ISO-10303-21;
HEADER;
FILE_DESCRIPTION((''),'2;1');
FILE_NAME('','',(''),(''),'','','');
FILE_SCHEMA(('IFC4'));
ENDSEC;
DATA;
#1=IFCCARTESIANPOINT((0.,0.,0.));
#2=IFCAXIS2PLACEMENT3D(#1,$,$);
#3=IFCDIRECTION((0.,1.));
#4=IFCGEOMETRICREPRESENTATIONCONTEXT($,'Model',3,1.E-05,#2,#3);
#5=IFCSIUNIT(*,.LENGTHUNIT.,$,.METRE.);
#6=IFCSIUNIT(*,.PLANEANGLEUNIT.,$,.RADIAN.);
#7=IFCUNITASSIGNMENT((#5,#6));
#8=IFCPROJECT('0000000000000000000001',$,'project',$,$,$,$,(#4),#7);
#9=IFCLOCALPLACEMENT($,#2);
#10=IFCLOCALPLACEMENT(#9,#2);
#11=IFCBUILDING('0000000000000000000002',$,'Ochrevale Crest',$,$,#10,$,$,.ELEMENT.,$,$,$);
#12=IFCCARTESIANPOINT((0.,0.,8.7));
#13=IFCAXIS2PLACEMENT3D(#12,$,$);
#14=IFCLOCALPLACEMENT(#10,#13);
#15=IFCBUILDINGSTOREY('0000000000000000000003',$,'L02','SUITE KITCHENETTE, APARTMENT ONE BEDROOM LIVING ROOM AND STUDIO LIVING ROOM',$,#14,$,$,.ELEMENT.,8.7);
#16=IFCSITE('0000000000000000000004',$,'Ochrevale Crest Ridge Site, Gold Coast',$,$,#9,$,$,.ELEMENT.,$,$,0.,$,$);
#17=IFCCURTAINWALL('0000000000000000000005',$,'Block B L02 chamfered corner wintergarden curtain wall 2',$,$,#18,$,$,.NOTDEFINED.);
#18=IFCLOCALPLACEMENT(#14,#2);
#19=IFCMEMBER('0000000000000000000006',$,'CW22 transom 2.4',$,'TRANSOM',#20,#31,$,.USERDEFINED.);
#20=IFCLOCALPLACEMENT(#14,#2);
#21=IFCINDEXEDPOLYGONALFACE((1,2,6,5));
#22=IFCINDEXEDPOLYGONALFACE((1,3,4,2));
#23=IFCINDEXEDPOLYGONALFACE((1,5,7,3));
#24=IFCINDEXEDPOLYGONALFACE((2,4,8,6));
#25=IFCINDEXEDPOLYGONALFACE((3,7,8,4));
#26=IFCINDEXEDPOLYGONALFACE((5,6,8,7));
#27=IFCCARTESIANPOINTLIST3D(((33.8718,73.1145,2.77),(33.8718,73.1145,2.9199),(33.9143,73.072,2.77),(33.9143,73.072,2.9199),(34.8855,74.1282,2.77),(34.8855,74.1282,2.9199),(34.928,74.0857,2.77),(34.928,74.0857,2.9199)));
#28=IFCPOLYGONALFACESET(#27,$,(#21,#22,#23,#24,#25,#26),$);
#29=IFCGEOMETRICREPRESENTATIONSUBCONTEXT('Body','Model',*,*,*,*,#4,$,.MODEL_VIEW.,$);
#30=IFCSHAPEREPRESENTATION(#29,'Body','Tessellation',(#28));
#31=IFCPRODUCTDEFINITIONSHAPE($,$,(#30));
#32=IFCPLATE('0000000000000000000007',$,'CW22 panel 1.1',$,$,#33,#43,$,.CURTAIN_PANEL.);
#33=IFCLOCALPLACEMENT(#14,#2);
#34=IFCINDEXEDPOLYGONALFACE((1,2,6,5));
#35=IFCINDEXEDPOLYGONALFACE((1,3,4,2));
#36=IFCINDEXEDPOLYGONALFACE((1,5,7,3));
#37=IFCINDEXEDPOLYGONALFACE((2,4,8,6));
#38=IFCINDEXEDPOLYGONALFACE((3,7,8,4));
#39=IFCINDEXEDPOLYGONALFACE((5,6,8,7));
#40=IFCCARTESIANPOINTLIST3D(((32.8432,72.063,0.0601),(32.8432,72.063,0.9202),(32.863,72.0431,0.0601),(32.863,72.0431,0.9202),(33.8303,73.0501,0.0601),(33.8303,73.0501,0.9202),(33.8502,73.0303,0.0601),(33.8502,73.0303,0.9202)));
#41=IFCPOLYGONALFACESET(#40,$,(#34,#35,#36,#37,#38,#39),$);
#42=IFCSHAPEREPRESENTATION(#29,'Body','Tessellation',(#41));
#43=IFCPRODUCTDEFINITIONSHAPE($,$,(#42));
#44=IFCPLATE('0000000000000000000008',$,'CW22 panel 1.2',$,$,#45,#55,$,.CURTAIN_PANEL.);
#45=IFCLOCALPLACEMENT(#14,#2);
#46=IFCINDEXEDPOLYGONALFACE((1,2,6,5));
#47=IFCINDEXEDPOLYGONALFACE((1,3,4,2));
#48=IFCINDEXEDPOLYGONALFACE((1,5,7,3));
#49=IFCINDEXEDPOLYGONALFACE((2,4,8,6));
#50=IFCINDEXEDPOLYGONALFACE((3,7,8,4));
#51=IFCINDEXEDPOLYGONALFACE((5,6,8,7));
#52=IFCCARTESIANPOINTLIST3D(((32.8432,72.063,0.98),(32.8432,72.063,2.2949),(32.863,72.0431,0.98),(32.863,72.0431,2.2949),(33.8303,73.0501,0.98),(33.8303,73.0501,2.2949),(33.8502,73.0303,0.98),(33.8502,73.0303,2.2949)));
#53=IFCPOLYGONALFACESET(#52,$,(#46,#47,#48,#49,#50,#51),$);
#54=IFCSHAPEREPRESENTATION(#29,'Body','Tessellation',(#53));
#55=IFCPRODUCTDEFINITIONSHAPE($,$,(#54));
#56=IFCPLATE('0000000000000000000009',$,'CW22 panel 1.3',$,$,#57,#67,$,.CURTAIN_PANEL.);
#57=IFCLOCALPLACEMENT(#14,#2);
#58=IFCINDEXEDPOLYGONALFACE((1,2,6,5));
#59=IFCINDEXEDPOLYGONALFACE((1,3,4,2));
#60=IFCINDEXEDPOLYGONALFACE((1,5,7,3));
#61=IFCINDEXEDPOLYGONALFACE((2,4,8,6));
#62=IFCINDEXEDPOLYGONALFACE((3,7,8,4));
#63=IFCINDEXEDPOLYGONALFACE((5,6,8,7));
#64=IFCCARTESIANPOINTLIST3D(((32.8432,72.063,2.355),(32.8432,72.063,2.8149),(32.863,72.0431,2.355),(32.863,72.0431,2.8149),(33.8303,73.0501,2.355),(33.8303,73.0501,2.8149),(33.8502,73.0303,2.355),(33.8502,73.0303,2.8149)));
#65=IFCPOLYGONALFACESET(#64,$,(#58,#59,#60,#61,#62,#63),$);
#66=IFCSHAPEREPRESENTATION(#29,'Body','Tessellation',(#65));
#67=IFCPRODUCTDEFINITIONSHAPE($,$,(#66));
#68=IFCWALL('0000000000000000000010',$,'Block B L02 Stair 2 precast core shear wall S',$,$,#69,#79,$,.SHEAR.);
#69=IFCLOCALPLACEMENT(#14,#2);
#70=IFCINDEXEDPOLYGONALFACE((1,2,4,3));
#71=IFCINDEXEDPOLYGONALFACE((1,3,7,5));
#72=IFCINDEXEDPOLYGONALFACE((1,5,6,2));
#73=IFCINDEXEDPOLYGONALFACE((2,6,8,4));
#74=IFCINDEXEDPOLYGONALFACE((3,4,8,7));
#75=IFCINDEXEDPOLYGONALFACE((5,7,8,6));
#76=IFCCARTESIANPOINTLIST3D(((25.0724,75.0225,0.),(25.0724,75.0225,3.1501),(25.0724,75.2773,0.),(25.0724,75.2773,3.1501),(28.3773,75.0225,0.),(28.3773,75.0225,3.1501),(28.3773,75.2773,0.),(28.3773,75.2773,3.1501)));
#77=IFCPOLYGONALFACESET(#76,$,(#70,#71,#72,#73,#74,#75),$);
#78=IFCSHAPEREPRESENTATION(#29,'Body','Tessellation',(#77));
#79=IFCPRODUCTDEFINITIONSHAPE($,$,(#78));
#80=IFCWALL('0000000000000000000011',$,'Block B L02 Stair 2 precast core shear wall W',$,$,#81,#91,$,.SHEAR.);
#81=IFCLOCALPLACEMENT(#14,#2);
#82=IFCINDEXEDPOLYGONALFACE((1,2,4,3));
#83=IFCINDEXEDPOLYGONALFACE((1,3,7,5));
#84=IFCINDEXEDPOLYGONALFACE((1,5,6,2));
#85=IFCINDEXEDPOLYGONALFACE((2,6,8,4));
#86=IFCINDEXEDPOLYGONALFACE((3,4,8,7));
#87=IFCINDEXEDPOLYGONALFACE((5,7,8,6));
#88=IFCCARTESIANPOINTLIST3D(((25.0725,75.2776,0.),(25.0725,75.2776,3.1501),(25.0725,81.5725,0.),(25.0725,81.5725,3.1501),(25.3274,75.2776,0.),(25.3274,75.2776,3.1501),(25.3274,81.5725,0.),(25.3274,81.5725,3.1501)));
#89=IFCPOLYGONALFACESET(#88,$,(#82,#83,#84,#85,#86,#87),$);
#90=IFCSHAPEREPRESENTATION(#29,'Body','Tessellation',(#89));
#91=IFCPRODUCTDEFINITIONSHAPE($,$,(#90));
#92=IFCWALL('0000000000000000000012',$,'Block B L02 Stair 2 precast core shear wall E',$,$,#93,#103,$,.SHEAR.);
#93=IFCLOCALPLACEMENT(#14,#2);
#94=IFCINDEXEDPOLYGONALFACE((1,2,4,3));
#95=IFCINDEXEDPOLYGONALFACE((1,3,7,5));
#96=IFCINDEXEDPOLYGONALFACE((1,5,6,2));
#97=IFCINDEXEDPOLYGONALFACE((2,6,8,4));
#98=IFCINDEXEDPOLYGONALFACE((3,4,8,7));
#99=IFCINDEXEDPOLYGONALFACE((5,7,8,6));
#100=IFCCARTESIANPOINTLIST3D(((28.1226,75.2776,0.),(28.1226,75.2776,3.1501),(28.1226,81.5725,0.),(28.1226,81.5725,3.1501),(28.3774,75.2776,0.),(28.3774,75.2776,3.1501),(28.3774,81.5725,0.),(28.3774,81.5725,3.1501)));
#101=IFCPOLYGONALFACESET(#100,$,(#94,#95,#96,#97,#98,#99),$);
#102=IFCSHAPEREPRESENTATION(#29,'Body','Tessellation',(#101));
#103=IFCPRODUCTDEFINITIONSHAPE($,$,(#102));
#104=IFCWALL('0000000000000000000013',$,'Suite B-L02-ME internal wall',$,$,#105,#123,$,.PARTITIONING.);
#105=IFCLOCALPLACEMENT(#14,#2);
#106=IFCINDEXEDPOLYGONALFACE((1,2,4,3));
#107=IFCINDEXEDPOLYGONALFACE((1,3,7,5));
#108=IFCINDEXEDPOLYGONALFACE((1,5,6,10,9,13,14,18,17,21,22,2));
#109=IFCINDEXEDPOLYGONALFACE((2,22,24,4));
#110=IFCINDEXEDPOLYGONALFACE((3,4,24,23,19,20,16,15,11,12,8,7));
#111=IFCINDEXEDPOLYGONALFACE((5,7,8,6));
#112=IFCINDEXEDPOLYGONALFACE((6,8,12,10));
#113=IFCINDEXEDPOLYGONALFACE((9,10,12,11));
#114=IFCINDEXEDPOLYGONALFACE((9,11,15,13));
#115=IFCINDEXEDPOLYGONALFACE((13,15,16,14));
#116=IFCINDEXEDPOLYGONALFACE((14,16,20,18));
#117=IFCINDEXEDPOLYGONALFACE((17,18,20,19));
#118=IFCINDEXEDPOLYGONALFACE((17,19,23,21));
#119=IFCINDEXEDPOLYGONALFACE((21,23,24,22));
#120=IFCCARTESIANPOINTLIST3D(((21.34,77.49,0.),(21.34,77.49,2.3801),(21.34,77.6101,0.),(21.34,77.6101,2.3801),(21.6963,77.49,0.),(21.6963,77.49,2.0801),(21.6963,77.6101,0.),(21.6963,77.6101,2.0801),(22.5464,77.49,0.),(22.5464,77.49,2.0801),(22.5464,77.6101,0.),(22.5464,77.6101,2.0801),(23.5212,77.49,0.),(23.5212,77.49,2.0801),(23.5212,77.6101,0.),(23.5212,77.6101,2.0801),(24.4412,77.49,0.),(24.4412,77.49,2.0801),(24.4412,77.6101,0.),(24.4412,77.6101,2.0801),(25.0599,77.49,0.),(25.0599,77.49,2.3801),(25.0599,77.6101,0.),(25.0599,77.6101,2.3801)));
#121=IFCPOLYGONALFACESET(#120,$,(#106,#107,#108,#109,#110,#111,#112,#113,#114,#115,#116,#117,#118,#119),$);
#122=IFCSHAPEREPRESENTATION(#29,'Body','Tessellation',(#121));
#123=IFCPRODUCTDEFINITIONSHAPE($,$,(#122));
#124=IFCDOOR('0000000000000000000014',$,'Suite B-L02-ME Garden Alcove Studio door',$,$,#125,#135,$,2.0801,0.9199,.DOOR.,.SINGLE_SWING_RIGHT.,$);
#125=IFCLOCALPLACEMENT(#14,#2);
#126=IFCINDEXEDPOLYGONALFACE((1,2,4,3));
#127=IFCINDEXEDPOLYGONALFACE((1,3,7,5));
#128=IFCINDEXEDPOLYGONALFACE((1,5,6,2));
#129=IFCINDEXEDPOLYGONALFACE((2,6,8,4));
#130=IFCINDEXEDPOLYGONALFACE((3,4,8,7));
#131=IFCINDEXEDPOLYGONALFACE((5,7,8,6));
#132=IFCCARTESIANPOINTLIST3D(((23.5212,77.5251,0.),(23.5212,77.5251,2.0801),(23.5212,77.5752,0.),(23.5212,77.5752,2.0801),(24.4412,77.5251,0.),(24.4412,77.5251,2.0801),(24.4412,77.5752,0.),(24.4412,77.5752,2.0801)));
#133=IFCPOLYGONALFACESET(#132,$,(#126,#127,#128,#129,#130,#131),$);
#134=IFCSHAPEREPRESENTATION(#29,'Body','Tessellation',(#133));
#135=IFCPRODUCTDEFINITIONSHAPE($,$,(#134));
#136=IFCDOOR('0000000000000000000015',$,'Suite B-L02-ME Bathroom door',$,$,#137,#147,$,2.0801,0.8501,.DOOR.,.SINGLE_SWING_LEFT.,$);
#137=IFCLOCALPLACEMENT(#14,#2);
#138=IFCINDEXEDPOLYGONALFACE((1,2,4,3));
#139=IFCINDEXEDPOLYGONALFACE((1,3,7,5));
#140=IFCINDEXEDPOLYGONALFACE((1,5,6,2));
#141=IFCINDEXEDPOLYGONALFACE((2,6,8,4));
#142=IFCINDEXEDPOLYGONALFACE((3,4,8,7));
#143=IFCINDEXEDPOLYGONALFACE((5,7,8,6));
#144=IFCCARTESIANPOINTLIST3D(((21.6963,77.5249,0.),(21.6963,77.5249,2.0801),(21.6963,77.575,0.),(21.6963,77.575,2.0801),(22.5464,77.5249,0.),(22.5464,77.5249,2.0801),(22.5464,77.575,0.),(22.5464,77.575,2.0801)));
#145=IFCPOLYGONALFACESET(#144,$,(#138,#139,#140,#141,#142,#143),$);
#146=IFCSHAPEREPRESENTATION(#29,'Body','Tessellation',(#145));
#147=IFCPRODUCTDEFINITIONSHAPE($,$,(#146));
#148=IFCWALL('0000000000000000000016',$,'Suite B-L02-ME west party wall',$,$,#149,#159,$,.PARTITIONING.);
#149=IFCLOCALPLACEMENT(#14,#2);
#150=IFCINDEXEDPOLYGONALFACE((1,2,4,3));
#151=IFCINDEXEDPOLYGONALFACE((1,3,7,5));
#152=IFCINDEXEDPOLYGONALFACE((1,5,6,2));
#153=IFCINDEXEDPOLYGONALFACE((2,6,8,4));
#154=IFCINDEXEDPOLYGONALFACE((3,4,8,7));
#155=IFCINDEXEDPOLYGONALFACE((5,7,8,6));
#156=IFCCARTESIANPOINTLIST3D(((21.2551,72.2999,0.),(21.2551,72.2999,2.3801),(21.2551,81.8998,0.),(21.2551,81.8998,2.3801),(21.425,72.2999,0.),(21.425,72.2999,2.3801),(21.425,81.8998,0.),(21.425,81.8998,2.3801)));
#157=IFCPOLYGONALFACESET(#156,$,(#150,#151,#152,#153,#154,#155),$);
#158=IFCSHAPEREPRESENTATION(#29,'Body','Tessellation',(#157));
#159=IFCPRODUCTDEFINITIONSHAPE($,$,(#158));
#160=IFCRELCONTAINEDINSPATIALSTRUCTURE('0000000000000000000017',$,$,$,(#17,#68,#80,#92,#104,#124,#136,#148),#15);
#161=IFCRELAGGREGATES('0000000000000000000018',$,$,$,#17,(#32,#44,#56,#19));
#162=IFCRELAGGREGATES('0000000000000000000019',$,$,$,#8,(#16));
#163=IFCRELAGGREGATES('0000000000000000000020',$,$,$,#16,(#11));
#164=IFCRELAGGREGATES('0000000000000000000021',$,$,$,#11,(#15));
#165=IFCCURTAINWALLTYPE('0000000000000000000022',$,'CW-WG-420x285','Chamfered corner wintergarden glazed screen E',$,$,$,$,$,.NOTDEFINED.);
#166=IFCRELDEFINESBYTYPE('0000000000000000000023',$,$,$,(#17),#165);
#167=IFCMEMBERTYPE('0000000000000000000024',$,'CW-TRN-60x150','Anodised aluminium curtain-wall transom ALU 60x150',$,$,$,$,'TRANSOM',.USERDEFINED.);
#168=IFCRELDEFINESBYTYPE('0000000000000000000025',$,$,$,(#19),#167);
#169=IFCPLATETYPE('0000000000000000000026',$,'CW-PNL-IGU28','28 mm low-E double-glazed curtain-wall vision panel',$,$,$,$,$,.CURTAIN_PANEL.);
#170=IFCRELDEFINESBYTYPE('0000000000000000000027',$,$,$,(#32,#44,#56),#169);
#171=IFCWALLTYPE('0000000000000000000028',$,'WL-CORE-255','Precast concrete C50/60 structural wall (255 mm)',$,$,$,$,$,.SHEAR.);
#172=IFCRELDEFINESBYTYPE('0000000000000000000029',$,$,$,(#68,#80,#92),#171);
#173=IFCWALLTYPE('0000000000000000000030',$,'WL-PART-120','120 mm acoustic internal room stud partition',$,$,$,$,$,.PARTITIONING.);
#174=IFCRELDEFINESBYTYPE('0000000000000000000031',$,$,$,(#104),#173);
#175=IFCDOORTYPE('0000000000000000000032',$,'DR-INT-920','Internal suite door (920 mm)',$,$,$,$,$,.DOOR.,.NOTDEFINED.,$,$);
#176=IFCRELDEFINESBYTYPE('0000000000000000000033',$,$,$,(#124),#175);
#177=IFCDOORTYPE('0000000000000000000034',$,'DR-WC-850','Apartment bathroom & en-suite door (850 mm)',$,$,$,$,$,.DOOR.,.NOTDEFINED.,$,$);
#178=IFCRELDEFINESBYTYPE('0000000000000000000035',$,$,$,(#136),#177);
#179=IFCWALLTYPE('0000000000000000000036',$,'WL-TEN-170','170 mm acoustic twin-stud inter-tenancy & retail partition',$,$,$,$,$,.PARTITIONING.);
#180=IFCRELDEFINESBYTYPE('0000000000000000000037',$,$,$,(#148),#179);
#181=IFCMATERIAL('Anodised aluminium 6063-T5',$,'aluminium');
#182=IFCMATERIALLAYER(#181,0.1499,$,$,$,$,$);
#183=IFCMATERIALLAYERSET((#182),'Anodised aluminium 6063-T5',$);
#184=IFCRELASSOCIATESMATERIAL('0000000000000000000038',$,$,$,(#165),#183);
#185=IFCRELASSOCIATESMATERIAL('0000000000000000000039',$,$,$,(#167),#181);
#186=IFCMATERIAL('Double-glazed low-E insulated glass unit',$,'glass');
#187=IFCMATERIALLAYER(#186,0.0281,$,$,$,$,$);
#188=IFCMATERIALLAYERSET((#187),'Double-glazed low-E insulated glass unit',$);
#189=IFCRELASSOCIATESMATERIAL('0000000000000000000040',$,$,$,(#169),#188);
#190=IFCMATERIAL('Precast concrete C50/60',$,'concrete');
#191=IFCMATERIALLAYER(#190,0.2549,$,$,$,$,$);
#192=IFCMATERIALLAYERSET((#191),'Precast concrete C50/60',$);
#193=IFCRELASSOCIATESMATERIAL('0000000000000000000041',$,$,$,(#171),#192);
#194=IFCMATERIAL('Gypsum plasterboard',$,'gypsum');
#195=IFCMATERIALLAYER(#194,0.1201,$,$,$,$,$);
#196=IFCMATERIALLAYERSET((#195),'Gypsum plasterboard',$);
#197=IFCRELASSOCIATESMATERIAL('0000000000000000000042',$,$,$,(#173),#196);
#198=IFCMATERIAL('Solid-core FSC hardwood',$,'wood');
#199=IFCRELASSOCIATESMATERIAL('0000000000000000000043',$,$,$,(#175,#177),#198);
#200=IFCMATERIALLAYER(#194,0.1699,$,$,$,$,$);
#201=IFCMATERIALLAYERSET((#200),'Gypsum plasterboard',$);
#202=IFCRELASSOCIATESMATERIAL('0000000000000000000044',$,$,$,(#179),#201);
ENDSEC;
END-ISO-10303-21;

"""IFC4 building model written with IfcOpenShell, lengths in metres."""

from ifc_helpers import new_model, si_unit, direction, frame, frame_2d, origin, origin_2d, place, context, subcontext, project, spatial, rectangle, extrude, material, layer, layer_set, material_profile, profile_set, type_object, element, fill, aggregate, save


model = new_model("IFC4")

# Units and contexts
model_context = context("Model", 3, precision=1e-05, world=origin(), true_north=direction((0.0, 1.0)))
body_context = subcontext(model_context, "Body", "Model", "MODEL_VIEW")
ifc_project = project(units=[si_unit("LENGTHUNIT", "METRE"), si_unit("PLANEANGLEUNIT", "RADIAN")], contexts=[model_context])

# Site, building, storey
site_placement = place(None, origin())
site = spatial("IfcSite", under=ifc_project, at=site_placement, Name="Ochrevale Crest Ridge Site, Gold Coast", CompositionType="ELEMENT", RefElevation=0.0)
building_placement = place(site_placement, origin())
building = spatial("IfcBuilding", under=site, at=building_placement, Name="Ochrevale Crest", CompositionType="ELEMENT")
storey_placement = place(building_placement, frame((0.0, 0.0, 8.7)))
storey = spatial("IfcBuildingStorey", under=building, at=storey_placement, Name="L02", Description="SUITE KITCHENETTE, APARTMENT ONE BEDROOM LIVING ROOM AND STUDIO LIVING ROOM", CompositionType="ELEMENT", Elevation=8.7)

# Shared definitions
ifc_material_1 = material(Name="Precast concrete C50/60", Category="concrete")

# Curtain wall, member, plates
ifc_material_2 = material(Name="Anodised aluminium 6063-T5", Category="aluminium")
ifc_layer_1 = layer(ifc_material_2, 0.1499)
ifc_layer_set_1 = layer_set([ifc_layer_1], Name="Anodised aluminium 6063-T5")
curtain_wall_type = type_object("IfcCurtainWallType", Name="CW-WG-420x285", Description="Chamfered corner wintergarden glazed screen E", PredefinedType="NOTDEFINED", material=ifc_layer_set_1)
curtain_wall_placement = place(storey_placement, origin())
curtain_wall = element("IfcCurtainWall", 1, at=curtain_wall_placement, inside=storey, type_object=curtain_wall_type, Name="Block B L02 chamfered corner wintergarden curtain wall 2", PredefinedType="NOTDEFINED")
ifc_material_profile_1 = material_profile(ifc_material_2, rectangle(XDim=0.0601, YDim=0.1499, at=origin_2d()), Name="ALU 60x150")
ifc_profile_set_1 = profile_set([ifc_material_profile_1], Name="Anodised aluminium 6063-T5")
member_type_1 = type_object("IfcMemberType", Name="CW-TRN-60x150", Description="Anodised aluminium curtain-wall transom ALU 60x150", ElementType="TRANSOM", PredefinedType="USERDEFINED", material=ifc_profile_set_1)
member_1_placement = place(storey_placement, frame((33.8931, 73.0933, 2.845), z_axis=(0.707107, 0.707107, 0.0), x_axis=(-0.707107, 0.707107, 0.0)))
member_1 = element("IfcMember", 2, at=member_1_placement, type_object=member_type_1, Name="CW22 transom 2.4", ObjectType="TRANSOM", PredefinedType="USERDEFINED", context=body_context, shape_type="SweptSolid", body=[
    extrude(rectangle(XDim=0.0601, YDim=0.1499, at=origin_2d()), origin(), (0.0, 0.0, 1.0), 1.4336),
])
ifc_material_3 = material(Name="Double-glazed low-E insulated glass unit", Category="glass")
ifc_layer_2 = layer(ifc_material_3, 0.0281)
ifc_layer_set_2 = layer_set([ifc_layer_2], Name="Double-glazed low-E insulated glass unit")
plate_type = type_object("IfcPlateType", Name="CW-PNL-IGU28", Description="28 mm low-E double-glazed curtain-wall vision panel", PredefinedType="CURTAIN_PANEL", material=ifc_layer_set_2)
plate_1_placement = place(storey_placement, frame((33.3467, 72.5466, 0.0601), z_axis=(0.0, 0.0, 1.0), x_axis=(0.707107, 0.707107, 0.0)))
plate_1 = element("IfcPlate", 3, at=plate_1_placement, type_object=plate_type, Name="CW22 panel 1.1", PredefinedType="CURTAIN_PANEL", context=body_context, shape_type="SweptSolid", body=[
    extrude(rectangle(XDim=1.396, YDim=0.0281, at=origin_2d()), origin(), (0.0, 0.0, 1.0), 0.8601),
])
plate_2_placement = place(storey_placement, frame((33.3467, 72.5466, 0.98), z_axis=(0.0, 0.0, 1.0), x_axis=(0.707107, 0.707107, 0.0)))
plate_2 = element("IfcPlate", 4, at=plate_2_placement, type_object=plate_type, Name="CW22 panel 1.2", PredefinedType="CURTAIN_PANEL", context=body_context, shape_type="SweptSolid", body=[
    extrude(rectangle(XDim=1.396, YDim=0.0281, at=origin_2d()), origin(), (0.0, 0.0, 1.0), 1.3149),
])
plate_3_placement = place(storey_placement, frame((33.3467, 72.5466, 2.355), z_axis=(0.0, 0.0, 1.0), x_axis=(0.707107, 0.707107, 0.0)))
plate_3 = element("IfcPlate", 5, at=plate_3_placement, type_object=plate_type, Name="CW22 panel 1.3", PredefinedType="CURTAIN_PANEL", context=body_context, shape_type="SweptSolid", body=[
    extrude(rectangle(XDim=1.396, YDim=0.0281, at=origin_2d()), origin(), (0.0, 0.0, 1.0), 0.46),
])
aggregate(curtain_wall, [plate_1, plate_2, plate_3, member_1])

# Walls
ifc_layer_3 = layer(ifc_material_1, 0.2549)
ifc_layer_set_3 = layer_set([ifc_layer_3], Name="Precast concrete C50/60")
wall_type_1 = type_object("IfcWallType", Name="WL-CORE-255", Description="Precast concrete C50/60 structural wall (255 mm)", PredefinedType="SHEAR", material=ifc_layer_set_3)
wall_1_placement = place(storey_placement, frame((25.0725, 75.1499, 0.0), z_axis=(0.0, 0.0, 1.0), x_axis=(1.0, 0.0, 0.0)))
element("IfcWall", 6, at=wall_1_placement, inside=storey, type_object=wall_type_1, Name="Block B L02 Stair 2 precast core shear wall S", PredefinedType="SHEAR", context=body_context, shape_type="SweptSolid", body=[
    extrude(rectangle(XDim=3.3049, YDim=0.2549, at=frame_2d((1.6523, 0.0))), origin(), (0.0, 0.0, 1.0), 3.1501),
])
for number, where, z_axis, x_axis, name in (
    (7, (25.2, 75.2776, 0.0), (0.0, 0.0, 1.0), (0.0, 1.0, 0.0), "Block B L02 Stair 2 precast core shear wall W"),
    (8, (28.25, 75.2776, 0.0), (0.0, 0.0, 1.0), (0.0, 1.0, 0.0), "Block B L02 Stair 2 precast core shear wall E"),
):
    element("IfcWall", number, at=place(storey_placement, frame(where, z_axis=z_axis, x_axis=x_axis)), inside=storey, type_object=wall_type_1, Name=name, PredefinedType="SHEAR", context=body_context, shape_type="SweptSolid", body=[
        extrude(rectangle(XDim=6.2949, YDim=0.2549, at=frame_2d((3.1475, 0.0))), origin(), (0.0, 0.0, 1.0), 3.1501),
    ])

# Wall, openings, doors
ifc_material_4 = material(Name="Gypsum plasterboard", Category="gypsum")
ifc_layer_4 = layer(ifc_material_4, 0.1201)
ifc_layer_set_4 = layer_set([ifc_layer_4], Name="Gypsum plasterboard")
wall_type_2 = type_object("IfcWallType", Name="WL-PART-120", Description="120 mm acoustic internal room stud partition", PredefinedType="PARTITIONING", material=ifc_layer_set_4)
wall_2_placement = place(storey_placement, frame((21.3401, 77.55, 0.0), z_axis=(0.0, 0.0, 1.0), x_axis=(1.0, 0.0, 0.0)))
wall_2 = element("IfcWall", 9, at=wall_2_placement, inside=storey, type_object=wall_type_2, Name="Suite B-L02-ME internal wall", PredefinedType="PARTITIONING", context=body_context, shape_type="SweptSolid", body=[
    extrude(rectangle(XDim=3.72, YDim=0.1201, at=frame_2d((1.8599, 0.0))), origin(), (0.0, 0.0, 1.0), 2.3801),
])
opening_1_placement = place(wall_2_placement, frame((0.3562, 0.0, 0.0)))
opening_1 = element("IfcOpeningElement", 10, at=opening_1_placement, cuts=wall_2, PredefinedType="OPENING", context=body_context, shape_type="SweptSolid", body=[
    extrude(rectangle(XDim=0.8501, YDim=2.0801, at=frame_2d((0.425, 1.04))), frame((0.0, 0.0701, 0.0), z_axis=(0.0, -1.0, 0.0), x_axis=(1.0, 0.0, 0.0)), (0.0, 0.0, 1.0), 0.1401),
])
opening_2_placement = place(wall_2_placement, frame((3.1011, 0.0, 0.0), z_axis=(0.0, 0.0, 1.0), x_axis=(-1.0, 0.0, 0.0)))
opening_2 = element("IfcOpeningElement", 11, at=opening_2_placement, cuts=wall_2, PredefinedType="OPENING", context=body_context, shape_type="SweptSolid", body=[
    extrude(rectangle(XDim=0.9199, YDim=2.0801, at=frame_2d((0.46, 1.04))), frame((0.0, 0.0701, 0.0), z_axis=(0.0, -1.0, 0.0), x_axis=(1.0, 0.0, 0.0)), (0.0, 0.0, 1.0), 0.1401),
])
ifc_material_5 = material(Name="Solid-core FSC hardwood", Category="wood")
door_type_1 = type_object("IfcDoorType", Name="DR-INT-920", Description="Internal suite door (920 mm)", OperationType="NOTDEFINED", PredefinedType="DOOR", material=ifc_material_5)
door_1_placement = place(opening_2_placement, origin())
door_1 = element("IfcDoor", 12, at=door_1_placement, inside=storey, type_object=door_type_1, Name="Suite B-L02-ME Garden Alcove Studio door", OperationType="SINGLE_SWING_RIGHT", OverallHeight=2.0801, OverallWidth=0.9199, PredefinedType="DOOR", context=body_context, shape_type="SweptSolid", body=[
    extrude(rectangle(XDim=0.9199, YDim=2.0801, at=frame_2d((0.46, 1.04))), frame((0.0, 0.0249, 0.0), z_axis=(0.0, -1.0, 0.0), x_axis=(1.0, 0.0, 0.0)), (0.0, 0.0, 1.0), 0.05),
])
fill(opening_2, door_1)
door_type_2 = type_object("IfcDoorType", Name="DR-WC-850", Description="Apartment bathroom & en-suite door (850 mm)", OperationType="NOTDEFINED", PredefinedType="DOOR", material=ifc_material_5)
door_2_placement = place(opening_1_placement, origin())
door_2 = element("IfcDoor", 13, at=door_2_placement, inside=storey, type_object=door_type_2, Name="Suite B-L02-ME Bathroom door", OperationType="SINGLE_SWING_LEFT", OverallHeight=2.0801, OverallWidth=0.8501, PredefinedType="DOOR", context=body_context, shape_type="SweptSolid", body=[
    extrude(rectangle(XDim=0.8501, YDim=2.0801, at=frame_2d((0.425, 1.04))), frame((0.0, 0.0249, 0.0), z_axis=(0.0, -1.0, 0.0), x_axis=(1.0, 0.0, 0.0)), (0.0, 0.0, 1.0), 0.05),
])
fill(opening_1, door_2)

# Wall
ifc_layer_5 = layer(ifc_material_4, 0.1699)
ifc_layer_set_5 = layer_set([ifc_layer_5], Name="Gypsum plasterboard")
wall_type_3 = type_object("IfcWallType", Name="WL-TEN-170", Description="170 mm acoustic twin-stud inter-tenancy & retail partition", PredefinedType="PARTITIONING", material=ifc_layer_set_5)
wall_3_placement = place(storey_placement, frame((21.3401, 72.3, 0.0), z_axis=(0.0, 0.0, 1.0), x_axis=(0.0, 1.0, 0.0)))
element("IfcWall", 14, at=wall_3_placement, inside=storey, type_object=wall_type_3, Name="Suite B-L02-ME west party wall", PredefinedType="PARTITIONING", context=body_context, shape_type="SweptSolid", body=[
    extrude(rectangle(XDim=9.5999, YDim=0.1699, at=frame_2d((4.7998, 0.0))), origin(), (0.0, 0.0, 1.0), 2.3801),
])

save(model, "model.ifc")
